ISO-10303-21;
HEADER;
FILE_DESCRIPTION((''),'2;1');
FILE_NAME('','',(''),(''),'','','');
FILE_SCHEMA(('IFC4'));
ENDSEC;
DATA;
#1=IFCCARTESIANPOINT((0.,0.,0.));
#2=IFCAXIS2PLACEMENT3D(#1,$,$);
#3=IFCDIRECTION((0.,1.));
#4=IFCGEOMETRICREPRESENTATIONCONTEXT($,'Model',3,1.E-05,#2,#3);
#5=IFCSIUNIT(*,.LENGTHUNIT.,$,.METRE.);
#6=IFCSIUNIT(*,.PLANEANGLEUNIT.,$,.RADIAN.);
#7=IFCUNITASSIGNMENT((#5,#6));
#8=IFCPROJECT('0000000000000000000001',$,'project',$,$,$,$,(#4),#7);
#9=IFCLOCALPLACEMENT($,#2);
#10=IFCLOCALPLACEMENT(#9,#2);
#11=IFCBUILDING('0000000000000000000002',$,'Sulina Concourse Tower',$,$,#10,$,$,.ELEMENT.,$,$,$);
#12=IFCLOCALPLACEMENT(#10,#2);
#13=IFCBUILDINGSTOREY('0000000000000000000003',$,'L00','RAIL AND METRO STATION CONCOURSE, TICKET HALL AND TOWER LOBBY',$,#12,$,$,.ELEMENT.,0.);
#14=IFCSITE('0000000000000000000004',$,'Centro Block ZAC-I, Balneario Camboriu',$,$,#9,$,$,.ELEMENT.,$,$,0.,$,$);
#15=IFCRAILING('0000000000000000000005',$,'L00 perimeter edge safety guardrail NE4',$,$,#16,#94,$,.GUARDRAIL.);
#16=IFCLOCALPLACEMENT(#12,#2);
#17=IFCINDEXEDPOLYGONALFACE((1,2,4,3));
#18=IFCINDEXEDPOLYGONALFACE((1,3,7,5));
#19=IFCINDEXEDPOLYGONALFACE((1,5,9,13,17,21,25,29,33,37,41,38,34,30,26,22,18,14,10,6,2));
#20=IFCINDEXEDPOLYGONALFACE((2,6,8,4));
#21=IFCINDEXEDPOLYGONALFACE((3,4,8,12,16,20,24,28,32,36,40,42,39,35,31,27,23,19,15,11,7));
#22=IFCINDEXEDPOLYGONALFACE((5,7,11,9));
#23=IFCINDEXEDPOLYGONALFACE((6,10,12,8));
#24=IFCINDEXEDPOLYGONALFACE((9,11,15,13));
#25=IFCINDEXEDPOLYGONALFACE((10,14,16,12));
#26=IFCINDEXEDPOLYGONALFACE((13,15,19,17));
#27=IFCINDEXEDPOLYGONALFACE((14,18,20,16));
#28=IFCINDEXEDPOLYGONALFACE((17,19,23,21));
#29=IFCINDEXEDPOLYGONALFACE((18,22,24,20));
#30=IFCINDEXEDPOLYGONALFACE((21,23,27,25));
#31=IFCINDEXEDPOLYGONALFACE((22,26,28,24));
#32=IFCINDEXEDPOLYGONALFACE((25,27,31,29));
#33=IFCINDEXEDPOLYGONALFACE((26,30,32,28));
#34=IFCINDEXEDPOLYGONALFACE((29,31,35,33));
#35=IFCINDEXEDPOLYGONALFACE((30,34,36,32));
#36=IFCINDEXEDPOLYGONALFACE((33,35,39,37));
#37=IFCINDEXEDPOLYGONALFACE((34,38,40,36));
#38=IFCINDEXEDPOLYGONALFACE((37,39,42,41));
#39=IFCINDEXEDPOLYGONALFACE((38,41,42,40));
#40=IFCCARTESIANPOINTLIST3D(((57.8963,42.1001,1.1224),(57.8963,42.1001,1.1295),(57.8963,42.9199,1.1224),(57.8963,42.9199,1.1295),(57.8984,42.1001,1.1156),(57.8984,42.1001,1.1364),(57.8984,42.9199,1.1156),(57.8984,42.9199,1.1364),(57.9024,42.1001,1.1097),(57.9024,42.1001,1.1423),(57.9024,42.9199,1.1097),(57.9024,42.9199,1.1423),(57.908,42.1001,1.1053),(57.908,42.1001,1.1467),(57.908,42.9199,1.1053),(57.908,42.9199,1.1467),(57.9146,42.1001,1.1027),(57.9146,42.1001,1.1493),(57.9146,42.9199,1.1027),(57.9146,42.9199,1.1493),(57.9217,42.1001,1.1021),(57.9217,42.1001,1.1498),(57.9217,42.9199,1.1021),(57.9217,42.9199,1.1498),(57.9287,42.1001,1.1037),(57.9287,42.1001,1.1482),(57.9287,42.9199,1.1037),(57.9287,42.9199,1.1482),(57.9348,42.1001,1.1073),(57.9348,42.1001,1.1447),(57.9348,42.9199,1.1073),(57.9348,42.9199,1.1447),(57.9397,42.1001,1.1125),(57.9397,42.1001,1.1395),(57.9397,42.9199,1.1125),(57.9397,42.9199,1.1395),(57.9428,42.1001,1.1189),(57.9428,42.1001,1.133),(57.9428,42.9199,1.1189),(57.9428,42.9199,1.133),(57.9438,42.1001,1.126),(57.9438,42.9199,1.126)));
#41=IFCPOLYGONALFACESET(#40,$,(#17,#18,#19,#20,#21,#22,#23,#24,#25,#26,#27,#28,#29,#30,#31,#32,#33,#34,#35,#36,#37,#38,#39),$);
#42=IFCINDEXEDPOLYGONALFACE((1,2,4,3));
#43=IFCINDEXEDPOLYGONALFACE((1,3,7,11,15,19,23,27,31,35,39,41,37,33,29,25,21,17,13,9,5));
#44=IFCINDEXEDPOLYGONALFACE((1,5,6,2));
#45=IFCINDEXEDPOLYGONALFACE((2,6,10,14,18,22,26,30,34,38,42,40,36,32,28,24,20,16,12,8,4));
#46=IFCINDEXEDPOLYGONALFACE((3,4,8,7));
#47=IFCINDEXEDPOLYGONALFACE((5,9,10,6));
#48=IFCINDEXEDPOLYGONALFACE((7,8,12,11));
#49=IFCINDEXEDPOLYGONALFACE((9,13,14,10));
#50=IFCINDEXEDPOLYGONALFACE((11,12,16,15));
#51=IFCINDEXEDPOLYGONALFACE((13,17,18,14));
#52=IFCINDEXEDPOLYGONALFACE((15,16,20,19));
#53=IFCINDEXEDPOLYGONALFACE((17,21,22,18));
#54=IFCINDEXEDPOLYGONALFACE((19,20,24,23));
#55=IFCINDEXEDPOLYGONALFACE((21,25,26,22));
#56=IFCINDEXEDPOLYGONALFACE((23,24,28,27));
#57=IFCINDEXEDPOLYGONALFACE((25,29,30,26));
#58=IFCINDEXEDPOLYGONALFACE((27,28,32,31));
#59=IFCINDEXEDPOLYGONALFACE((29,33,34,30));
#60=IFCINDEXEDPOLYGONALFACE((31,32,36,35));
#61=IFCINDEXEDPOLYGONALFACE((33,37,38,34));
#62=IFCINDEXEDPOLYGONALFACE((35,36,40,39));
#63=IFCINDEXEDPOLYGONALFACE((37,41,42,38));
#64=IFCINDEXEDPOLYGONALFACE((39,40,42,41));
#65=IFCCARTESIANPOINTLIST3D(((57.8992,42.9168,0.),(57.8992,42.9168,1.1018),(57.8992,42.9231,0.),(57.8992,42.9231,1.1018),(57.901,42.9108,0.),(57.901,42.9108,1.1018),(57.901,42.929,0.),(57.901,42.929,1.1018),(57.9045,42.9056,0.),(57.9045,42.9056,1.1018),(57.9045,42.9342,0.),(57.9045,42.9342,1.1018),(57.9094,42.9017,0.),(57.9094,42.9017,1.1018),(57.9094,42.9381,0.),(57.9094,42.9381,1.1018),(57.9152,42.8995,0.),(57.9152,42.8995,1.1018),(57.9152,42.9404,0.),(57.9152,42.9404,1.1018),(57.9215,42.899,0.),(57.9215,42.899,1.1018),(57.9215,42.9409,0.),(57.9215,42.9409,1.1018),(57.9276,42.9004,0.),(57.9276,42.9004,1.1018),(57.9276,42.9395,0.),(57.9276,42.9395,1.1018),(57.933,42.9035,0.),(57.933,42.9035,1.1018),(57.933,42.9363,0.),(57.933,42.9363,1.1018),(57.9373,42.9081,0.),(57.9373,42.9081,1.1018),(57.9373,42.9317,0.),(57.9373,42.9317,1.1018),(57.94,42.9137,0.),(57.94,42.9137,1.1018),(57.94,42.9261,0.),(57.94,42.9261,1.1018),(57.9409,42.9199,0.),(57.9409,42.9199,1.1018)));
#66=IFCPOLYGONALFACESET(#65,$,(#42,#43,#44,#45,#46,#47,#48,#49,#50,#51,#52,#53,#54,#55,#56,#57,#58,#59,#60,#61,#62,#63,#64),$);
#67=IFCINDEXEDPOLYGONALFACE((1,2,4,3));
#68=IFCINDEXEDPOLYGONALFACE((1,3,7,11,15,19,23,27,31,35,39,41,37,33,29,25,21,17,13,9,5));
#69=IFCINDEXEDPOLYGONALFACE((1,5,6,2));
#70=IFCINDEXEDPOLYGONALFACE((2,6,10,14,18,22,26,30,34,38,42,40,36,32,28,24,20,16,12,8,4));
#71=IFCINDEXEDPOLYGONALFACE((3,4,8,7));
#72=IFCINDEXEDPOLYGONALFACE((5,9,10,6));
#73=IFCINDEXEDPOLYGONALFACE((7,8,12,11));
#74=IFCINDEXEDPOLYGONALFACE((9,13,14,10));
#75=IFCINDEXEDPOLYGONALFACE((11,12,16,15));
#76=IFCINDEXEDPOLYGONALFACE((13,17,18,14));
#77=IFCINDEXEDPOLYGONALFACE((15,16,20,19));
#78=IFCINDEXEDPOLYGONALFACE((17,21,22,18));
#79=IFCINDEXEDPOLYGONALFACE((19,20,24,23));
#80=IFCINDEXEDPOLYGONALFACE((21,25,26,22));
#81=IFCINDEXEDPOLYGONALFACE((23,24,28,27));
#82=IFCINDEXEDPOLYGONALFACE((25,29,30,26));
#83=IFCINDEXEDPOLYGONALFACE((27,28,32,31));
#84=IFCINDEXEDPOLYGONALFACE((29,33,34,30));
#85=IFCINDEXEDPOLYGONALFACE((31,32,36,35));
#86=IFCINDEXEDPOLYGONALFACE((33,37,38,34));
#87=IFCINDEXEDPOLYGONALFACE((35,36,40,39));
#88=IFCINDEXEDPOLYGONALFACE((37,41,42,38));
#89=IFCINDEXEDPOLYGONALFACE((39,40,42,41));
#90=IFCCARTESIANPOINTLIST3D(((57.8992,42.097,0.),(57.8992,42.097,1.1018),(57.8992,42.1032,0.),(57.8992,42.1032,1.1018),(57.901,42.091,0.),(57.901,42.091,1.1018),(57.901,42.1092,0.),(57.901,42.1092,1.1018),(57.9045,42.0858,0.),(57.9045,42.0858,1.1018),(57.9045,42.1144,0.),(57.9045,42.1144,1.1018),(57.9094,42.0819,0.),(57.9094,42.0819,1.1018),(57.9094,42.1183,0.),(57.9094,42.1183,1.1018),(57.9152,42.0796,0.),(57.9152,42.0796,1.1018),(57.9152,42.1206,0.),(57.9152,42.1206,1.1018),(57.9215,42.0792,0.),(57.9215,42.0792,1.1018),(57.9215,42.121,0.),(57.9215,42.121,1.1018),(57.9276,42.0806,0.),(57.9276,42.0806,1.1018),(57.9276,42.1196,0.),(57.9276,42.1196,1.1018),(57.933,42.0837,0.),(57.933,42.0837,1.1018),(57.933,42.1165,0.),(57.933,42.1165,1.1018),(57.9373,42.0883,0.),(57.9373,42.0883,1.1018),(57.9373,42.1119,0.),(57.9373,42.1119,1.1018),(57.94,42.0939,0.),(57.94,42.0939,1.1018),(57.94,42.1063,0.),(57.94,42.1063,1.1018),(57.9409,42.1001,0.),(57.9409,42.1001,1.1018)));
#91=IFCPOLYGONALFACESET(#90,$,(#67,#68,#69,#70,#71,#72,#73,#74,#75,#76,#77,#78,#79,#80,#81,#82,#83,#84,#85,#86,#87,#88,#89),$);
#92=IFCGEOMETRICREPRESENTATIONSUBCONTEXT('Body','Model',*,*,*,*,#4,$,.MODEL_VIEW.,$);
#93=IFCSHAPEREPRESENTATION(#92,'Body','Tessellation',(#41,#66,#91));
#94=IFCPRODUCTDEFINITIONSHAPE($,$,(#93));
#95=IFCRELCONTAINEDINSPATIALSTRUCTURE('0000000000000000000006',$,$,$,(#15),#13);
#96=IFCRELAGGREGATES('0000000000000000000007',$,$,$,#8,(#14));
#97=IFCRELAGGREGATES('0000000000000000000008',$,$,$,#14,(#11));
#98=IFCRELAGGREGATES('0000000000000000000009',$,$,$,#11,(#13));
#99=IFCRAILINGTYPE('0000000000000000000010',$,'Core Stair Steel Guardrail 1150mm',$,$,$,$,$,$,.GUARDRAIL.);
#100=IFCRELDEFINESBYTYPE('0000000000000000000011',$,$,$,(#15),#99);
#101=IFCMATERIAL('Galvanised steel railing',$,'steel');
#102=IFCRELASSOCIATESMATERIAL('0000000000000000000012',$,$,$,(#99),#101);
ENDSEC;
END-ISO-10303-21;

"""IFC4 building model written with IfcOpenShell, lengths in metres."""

from ifc_helpers import new_model, si_unit, direction, frame, origin, origin_2d, place, context, subcontext, project, spatial, circle, extrude, material, type_object, element, save


model = new_model("IFC4")

# Units and contexts
model_context = context("Model", 3, precision=1e-05, world=origin(), true_north=direction((0.0, 1.0)))
body_context = subcontext(model_context, "Body", "Model", "MODEL_VIEW")
ifc_project = project(units=[si_unit("LENGTHUNIT", "METRE"), si_unit("PLANEANGLEUNIT", "RADIAN")], contexts=[model_context])

# Site, building, storey
site_placement = place(None, origin())
site = spatial("IfcSite", under=ifc_project, at=site_placement, Name="Centro Block ZAC-I, Balneario Camboriu", CompositionType="ELEMENT", RefElevation=0.0)
building_placement = place(site_placement, origin())
building = spatial("IfcBuilding", under=site, at=building_placement, Name="Sulina Concourse Tower", CompositionType="ELEMENT")
storey_placement = place(building_placement, origin())
storey = spatial("IfcBuildingStorey", under=building, at=storey_placement, Name="L00", Description="RAIL AND METRO STATION CONCOURSE, TICKET HALL AND TOWER LOBBY", CompositionType="ELEMENT", Elevation=0.0)

# Railing
ifc_material_1 = material(Name="Galvanised steel railing", Category="steel")
railing_type_1 = type_object("IfcRailingType", Name="Core Stair Steel Guardrail 1150mm", PredefinedType="GUARDRAIL", material=ifc_material_1)
railing_1_placement = place(storey_placement, frame((57.9199, 42.9199, 0.0)))
element("IfcRailing", 1, at=railing_1_placement, inside=storey, type_object=railing_type_1, Name="L00 perimeter edge safety guardrail NE4", PredefinedType="GUARDRAIL", context=body_context, shape_type="SweptSolid", body=[
    extrude(circle(Radius=0.0239, at=origin_2d()), frame((0.0, 0.0, 1.126), z_axis=(0.0, -1.0, 0.0), x_axis=(1.0, 0.0, 0.0)), (0.0, 0.0, 1.0), 0.8198),
    extrude(circle(Radius=0.021, at=origin_2d()), origin(), (0.0, 0.0, 1.0), 1.1018),
    extrude(circle(Radius=0.021, at=origin_2d()), frame((0.0, -0.8198, 0.0)), (0.0, 0.0, 1.0), 1.1018),
])

save(model, "model.ifc")
